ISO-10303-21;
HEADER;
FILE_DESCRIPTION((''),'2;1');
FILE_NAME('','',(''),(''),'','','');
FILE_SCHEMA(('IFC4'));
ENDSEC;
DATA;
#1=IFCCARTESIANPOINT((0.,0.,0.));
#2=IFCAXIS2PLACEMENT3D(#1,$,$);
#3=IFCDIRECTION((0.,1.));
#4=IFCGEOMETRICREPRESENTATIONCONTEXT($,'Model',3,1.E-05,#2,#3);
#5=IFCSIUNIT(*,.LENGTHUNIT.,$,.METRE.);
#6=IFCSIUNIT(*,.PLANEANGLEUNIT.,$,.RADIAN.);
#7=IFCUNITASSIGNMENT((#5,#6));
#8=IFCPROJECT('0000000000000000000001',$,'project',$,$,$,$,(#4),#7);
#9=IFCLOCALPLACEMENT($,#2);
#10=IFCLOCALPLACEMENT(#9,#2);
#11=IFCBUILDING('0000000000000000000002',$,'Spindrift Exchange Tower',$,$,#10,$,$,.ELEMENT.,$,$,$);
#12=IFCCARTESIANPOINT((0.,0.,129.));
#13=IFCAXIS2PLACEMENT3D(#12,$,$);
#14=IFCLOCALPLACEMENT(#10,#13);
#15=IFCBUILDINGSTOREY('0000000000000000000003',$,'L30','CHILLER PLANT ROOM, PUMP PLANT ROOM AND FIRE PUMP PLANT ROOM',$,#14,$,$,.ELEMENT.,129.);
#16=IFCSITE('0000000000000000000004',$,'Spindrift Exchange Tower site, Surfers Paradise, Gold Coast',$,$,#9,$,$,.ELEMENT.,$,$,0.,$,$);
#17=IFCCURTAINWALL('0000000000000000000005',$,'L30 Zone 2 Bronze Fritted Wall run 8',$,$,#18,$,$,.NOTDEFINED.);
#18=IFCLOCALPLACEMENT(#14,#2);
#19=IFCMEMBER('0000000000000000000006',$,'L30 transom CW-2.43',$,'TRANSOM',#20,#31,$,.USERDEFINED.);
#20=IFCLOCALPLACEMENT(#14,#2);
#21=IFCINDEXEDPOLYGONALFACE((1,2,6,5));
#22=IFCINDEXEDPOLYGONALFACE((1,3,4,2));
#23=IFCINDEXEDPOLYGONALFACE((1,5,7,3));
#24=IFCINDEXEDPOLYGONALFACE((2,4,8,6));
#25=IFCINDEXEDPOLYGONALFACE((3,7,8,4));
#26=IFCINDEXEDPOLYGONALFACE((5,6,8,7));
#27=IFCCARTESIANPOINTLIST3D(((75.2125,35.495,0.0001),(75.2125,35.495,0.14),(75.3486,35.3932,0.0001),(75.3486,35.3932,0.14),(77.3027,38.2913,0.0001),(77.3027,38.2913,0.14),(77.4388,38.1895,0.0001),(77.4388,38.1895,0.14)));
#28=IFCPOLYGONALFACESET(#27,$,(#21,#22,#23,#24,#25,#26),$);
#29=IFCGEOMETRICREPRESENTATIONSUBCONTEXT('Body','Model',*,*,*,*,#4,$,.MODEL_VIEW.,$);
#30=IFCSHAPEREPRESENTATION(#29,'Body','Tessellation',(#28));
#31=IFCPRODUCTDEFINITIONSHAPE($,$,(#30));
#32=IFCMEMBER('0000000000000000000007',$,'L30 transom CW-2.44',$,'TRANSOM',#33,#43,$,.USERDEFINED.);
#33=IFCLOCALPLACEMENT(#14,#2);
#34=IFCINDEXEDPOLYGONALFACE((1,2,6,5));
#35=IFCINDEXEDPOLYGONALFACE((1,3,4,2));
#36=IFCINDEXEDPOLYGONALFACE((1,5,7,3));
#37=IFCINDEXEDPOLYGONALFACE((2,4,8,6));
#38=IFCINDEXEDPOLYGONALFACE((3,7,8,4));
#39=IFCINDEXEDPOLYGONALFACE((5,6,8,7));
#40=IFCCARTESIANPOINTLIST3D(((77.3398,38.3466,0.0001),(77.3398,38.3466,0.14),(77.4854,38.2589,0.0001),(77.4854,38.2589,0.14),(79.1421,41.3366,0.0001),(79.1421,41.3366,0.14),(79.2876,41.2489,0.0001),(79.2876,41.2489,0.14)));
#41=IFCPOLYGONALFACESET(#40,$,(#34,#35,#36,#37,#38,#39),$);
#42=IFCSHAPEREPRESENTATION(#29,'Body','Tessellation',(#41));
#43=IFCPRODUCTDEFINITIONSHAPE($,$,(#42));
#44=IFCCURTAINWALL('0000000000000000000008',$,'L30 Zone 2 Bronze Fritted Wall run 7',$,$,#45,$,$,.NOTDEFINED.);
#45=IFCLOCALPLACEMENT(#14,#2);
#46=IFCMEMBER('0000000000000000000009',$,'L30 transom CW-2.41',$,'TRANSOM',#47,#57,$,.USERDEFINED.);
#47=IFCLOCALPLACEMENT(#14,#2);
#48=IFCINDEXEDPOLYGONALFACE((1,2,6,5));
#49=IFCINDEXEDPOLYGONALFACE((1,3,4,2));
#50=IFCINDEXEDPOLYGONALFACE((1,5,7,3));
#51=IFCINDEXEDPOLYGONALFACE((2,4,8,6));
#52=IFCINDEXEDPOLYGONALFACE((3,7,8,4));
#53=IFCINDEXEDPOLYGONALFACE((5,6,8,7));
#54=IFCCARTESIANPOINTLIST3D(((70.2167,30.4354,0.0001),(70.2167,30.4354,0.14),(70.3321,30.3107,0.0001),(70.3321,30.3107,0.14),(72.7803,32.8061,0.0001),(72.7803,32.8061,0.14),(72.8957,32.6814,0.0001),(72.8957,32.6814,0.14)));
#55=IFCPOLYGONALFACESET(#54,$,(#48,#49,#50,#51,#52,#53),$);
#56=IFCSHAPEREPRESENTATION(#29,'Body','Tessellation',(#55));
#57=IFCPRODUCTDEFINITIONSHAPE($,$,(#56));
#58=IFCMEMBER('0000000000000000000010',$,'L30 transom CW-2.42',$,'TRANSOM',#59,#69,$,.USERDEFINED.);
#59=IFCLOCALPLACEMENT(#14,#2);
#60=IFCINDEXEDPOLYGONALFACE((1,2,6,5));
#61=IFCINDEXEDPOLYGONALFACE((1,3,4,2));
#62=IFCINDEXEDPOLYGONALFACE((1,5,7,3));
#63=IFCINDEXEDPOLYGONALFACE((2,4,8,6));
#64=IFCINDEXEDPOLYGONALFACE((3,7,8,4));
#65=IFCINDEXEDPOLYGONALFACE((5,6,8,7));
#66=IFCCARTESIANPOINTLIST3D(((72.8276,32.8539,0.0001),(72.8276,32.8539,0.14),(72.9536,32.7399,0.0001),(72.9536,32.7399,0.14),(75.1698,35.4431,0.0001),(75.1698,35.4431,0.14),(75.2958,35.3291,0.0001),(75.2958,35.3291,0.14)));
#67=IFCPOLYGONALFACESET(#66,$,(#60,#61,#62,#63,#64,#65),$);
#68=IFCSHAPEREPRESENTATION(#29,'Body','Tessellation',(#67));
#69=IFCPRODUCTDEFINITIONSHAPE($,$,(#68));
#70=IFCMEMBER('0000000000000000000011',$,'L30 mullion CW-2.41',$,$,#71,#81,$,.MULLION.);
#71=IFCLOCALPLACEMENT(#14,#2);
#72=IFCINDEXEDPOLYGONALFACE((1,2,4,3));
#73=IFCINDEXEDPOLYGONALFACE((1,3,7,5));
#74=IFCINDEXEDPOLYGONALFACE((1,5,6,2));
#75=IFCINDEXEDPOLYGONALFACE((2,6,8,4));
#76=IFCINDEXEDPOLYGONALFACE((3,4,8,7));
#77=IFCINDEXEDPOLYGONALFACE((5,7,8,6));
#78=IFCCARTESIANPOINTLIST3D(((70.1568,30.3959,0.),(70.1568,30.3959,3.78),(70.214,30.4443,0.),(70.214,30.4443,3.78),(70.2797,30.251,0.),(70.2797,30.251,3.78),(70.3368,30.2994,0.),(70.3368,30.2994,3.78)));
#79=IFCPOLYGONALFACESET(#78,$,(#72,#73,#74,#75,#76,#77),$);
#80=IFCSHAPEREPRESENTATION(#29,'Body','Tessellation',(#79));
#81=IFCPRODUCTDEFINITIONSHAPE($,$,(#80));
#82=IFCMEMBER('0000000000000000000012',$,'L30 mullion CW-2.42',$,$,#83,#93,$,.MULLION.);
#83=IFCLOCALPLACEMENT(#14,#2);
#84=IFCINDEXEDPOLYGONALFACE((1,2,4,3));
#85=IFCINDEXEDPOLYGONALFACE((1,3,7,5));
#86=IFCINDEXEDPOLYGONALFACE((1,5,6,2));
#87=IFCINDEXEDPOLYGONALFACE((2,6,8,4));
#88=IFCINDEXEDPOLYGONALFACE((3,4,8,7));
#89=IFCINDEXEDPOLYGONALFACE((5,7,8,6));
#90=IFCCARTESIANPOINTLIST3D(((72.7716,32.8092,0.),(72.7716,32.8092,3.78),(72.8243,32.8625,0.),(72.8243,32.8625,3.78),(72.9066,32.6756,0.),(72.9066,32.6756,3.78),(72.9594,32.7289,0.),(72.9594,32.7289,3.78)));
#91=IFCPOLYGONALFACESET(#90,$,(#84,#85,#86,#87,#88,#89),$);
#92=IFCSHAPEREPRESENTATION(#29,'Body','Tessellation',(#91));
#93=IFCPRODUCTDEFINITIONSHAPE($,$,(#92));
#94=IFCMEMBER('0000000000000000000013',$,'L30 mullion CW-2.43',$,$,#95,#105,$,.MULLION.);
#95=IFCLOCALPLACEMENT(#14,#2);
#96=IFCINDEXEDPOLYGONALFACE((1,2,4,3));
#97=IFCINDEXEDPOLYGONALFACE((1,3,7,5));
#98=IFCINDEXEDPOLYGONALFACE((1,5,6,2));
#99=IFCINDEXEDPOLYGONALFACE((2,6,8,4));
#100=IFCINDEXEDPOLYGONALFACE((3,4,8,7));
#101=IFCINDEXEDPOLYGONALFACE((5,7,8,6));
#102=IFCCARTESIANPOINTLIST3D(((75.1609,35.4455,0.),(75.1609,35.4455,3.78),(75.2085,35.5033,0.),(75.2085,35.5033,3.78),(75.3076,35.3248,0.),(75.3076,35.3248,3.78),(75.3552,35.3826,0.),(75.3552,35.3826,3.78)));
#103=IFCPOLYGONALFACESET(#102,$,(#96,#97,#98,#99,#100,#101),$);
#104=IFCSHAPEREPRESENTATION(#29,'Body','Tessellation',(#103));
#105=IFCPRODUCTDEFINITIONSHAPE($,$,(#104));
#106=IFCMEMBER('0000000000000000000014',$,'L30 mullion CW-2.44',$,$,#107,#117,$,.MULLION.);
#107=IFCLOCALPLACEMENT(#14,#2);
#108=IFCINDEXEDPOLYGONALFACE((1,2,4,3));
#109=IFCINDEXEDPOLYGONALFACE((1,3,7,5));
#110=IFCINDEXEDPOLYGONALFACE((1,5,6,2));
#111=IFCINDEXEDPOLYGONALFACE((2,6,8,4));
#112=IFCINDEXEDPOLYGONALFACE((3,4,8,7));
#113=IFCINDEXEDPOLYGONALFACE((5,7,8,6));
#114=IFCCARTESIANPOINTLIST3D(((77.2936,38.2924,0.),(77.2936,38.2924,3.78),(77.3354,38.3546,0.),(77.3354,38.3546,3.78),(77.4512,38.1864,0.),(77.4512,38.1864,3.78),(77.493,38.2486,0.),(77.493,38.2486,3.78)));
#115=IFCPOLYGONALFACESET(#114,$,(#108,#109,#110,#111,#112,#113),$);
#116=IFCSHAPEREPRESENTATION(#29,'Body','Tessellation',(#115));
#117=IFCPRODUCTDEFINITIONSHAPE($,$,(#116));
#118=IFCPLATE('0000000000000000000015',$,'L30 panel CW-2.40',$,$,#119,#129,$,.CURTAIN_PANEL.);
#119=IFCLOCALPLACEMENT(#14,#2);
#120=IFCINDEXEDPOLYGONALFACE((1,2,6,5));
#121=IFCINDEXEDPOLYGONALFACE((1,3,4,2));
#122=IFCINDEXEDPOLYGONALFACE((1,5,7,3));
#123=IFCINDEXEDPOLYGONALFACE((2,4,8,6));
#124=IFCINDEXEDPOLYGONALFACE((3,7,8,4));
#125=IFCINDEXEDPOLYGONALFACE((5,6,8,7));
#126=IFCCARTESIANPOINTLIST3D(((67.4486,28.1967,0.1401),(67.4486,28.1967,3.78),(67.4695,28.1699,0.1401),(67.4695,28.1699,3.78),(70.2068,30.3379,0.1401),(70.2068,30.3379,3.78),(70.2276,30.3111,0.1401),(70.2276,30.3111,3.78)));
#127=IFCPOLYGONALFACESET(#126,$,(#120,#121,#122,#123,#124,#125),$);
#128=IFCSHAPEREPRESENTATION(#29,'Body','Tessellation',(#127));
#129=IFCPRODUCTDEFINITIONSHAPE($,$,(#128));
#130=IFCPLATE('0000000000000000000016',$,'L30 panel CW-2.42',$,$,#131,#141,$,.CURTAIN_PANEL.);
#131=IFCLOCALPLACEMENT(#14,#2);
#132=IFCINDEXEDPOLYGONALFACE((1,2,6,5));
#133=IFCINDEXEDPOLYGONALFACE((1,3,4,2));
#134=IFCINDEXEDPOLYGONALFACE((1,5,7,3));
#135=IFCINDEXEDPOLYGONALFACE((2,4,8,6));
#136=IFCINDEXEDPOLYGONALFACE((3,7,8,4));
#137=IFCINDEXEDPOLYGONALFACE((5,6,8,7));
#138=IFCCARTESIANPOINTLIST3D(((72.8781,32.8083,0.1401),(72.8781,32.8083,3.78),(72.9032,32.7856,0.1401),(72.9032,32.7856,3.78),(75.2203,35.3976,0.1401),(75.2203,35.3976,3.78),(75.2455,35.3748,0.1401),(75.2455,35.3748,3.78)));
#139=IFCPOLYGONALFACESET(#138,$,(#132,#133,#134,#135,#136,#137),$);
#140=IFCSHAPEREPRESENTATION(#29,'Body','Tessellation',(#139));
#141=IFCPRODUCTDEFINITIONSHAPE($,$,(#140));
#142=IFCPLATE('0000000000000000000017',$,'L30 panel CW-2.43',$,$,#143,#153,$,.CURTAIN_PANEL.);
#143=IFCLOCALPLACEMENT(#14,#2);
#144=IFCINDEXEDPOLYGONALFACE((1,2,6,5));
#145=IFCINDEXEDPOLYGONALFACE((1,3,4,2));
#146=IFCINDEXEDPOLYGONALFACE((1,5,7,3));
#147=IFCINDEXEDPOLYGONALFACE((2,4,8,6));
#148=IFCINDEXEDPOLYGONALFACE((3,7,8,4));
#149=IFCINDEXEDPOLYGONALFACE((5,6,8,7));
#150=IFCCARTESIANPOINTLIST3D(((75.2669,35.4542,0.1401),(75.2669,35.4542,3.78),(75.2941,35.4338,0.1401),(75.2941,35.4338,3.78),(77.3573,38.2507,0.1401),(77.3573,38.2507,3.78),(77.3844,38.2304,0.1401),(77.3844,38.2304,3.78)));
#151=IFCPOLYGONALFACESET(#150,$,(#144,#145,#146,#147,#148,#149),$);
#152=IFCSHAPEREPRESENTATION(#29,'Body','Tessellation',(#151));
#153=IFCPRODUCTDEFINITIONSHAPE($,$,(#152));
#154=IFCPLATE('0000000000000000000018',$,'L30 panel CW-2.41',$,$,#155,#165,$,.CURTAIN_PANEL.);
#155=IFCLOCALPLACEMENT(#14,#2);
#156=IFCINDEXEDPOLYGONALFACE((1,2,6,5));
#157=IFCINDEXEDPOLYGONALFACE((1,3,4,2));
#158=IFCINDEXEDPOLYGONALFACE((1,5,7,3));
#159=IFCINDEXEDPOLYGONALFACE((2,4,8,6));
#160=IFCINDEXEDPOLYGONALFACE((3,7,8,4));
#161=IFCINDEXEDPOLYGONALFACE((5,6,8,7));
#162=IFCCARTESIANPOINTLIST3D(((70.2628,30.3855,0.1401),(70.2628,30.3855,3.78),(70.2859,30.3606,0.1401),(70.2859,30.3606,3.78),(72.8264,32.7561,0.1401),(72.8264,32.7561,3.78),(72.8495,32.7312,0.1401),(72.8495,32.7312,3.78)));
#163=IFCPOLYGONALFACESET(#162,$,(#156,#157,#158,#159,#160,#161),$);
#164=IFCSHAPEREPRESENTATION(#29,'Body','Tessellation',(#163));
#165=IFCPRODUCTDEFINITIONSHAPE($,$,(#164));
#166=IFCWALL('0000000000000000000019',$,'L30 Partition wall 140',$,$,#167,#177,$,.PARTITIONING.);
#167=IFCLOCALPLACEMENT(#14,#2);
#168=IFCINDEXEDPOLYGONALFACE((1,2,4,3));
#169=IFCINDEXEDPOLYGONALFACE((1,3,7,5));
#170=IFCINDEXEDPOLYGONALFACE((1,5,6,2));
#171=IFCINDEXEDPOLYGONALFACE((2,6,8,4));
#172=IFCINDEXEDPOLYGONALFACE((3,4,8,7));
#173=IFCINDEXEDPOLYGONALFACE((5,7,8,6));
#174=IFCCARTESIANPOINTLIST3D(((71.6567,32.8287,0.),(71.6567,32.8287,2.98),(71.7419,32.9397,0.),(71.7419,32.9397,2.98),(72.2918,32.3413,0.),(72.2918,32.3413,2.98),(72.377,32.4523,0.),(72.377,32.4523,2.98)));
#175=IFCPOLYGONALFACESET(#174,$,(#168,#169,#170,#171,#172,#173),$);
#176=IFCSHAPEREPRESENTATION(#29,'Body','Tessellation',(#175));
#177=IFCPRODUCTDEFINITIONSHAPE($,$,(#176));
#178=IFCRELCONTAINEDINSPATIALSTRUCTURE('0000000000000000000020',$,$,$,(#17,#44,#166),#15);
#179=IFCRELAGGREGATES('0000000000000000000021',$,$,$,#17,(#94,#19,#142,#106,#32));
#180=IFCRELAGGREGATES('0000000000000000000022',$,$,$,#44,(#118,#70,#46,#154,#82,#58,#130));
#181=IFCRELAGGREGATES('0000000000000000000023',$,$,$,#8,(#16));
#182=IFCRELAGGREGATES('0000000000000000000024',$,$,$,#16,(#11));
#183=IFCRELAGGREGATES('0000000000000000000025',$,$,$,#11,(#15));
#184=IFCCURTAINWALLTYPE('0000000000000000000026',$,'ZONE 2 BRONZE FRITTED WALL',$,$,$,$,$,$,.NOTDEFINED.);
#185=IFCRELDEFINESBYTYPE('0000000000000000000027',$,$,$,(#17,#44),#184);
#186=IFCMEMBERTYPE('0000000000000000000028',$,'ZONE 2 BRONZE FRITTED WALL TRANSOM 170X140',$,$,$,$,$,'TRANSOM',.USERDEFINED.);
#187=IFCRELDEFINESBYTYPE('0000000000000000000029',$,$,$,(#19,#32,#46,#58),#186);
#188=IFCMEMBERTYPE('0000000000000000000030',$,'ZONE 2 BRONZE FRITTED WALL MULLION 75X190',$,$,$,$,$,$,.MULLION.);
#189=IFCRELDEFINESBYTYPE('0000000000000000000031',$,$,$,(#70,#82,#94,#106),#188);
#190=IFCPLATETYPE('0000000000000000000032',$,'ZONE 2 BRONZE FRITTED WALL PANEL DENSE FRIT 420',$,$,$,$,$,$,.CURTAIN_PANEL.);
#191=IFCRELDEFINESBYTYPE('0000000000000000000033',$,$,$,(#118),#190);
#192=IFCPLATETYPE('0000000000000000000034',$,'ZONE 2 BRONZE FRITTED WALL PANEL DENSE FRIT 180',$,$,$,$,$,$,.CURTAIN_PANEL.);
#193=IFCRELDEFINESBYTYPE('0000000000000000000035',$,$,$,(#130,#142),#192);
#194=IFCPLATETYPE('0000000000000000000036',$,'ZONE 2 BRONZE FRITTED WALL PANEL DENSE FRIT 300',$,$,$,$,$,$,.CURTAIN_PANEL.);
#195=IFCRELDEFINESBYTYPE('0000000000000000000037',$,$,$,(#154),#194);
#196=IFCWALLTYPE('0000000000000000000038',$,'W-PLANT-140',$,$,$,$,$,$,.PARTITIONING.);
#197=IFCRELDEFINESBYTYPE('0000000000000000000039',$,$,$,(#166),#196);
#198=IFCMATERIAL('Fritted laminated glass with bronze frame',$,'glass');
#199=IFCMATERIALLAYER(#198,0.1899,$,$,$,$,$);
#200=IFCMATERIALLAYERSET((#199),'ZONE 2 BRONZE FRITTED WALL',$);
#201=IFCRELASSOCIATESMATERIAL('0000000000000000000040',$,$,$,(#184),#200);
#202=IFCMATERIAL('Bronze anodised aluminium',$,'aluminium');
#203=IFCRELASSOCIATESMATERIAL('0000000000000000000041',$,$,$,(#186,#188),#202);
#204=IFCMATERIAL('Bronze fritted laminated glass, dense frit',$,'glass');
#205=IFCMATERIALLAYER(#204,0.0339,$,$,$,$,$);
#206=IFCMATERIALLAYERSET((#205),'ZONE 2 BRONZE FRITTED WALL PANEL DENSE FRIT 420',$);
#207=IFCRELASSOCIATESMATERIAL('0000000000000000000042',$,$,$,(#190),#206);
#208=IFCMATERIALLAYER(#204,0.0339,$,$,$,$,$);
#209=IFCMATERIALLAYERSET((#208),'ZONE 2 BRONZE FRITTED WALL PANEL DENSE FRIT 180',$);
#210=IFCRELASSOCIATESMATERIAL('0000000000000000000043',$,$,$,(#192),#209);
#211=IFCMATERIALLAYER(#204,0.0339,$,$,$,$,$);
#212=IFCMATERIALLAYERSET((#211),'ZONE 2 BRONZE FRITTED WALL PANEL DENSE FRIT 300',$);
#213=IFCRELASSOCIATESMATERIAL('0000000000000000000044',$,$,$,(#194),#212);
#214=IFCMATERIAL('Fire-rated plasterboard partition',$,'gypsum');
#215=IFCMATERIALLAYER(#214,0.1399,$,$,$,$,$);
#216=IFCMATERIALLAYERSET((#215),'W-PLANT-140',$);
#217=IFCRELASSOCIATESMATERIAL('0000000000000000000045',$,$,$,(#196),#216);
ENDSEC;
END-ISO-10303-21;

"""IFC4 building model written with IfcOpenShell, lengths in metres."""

from ifc_helpers import new_model, si_unit, direction, frame, frame_2d, origin, origin_2d, place, context, subcontext, project, spatial, rectangle, extrude, source, transform, mapped, material, layer, layer_set, material_profile, profile_set, type_object, element, aggregate, save


model = new_model("IFC4")

# Units and contexts
model_context = context("Model", 3, precision=1e-05, world=origin(), true_north=direction((0.0, 1.0)))
body_context = subcontext(model_context, "Body", "Model", "MODEL_VIEW")
ifc_project = project(units=[si_unit("LENGTHUNIT", "METRE"), si_unit("PLANEANGLEUNIT", "RADIAN")], contexts=[model_context])

# Site, building, storey
site_placement = place(None, origin())
site = spatial("IfcSite", under=ifc_project, at=site_placement, Name="Spindrift Exchange Tower site, Surfers Paradise, Gold Coast", CompositionType="ELEMENT", RefElevation=0.0)
building_placement = place(site_placement, origin())
building = spatial("IfcBuilding", under=site, at=building_placement, Name="Spindrift Exchange Tower", CompositionType="ELEMENT")
storey_placement = place(building_placement, frame((0.0, 0.0, 129.0)))
storey = spatial("IfcBuildingStorey", under=building, at=storey_placement, Name="L30", Description="CHILLER PLANT ROOM, PUMP PLANT ROOM AND FIRE PUMP PLANT ROOM", CompositionType="ELEMENT", Elevation=129.0)

# Curtain walls, members
ifc_material_1 = material(Name="Fritted laminated glass with bronze frame", Category="glass")
ifc_layer_1 = layer(ifc_material_1, 0.1899)
ifc_layer_set_1 = layer_set([ifc_layer_1], Name="ZONE 2 BRONZE FRITTED WALL")
curtain_wall_type = type_object("IfcCurtainWallType", Name="ZONE 2 BRONZE FRITTED WALL", PredefinedType="NOTDEFINED", material=ifc_layer_set_1)
curtain_wall_1_placement = place(storey_placement, origin())
curtain_wall_1 = element("IfcCurtainWall", 1, at=curtain_wall_1_placement, inside=storey, type_object=curtain_wall_type, Name="L30 Zone 2 Bronze Fritted Wall run 8", PredefinedType="NOTDEFINED")
ifc_material_2 = material(Name="Bronze anodised aluminium", Category="aluminium")
ifc_material_profile_1 = material_profile(ifc_material_2, rectangle(XDim=0.1699, YDim=0.1399, at=origin_2d()), Name="ZONE 2 BRONZE FRITTED WALL TRANSOM 170X140")
ifc_profile_set_1 = profile_set([ifc_material_profile_1], Name="Bronze anodised aluminium")
member_type_1 = type_object("IfcMemberType", Name="ZONE 2 BRONZE FRITTED WALL TRANSOM 170X140", ElementType="TRANSOM", PredefinedType="USERDEFINED", material=ifc_profile_set_1)
shared_shape_1 = source(origin(), body_context, "Body", "SweptSolid", [
    extrude(rectangle(XDim=0.1699, YDim=0.1399, at=origin_2d()), origin(), (0.0, 0.0, 1.0), 3.4912),
])
member_1_placement = place(storey_placement, frame((75.2805, 35.4441, 0.0701), z_axis=(0.598724, 0.800956, 0.0), x_axis=(-0.800956, 0.598724, 0.0)))
member_1 = element("IfcMember", 2, at=member_1_placement, type_object=member_type_1, Name="L30 transom CW-2.43", ObjectType="TRANSOM", PredefinedType="USERDEFINED", context=body_context, shape_type="MappedRepresentation", body=[
    mapped(shared_shape_1, transform((0.0, 0.0, 0.0), scale=1.0)),
])
member_2_placement = place(storey_placement, frame((77.4126, 38.3027, 0.0701), z_axis=(0.516233, 0.856448, 0.0), x_axis=(-0.856448, 0.516233, 0.0)))
member_2 = element("IfcMember", 3, at=member_2_placement, type_object=member_type_1, Name="L30 transom CW-2.44", ObjectType="TRANSOM", PredefinedType="USERDEFINED", context=body_context, shape_type="MappedRepresentation", body=[
    mapped(shared_shape_1, transform((0.0, 0.0, 0.0), scale=1.0)),
])
curtain_wall_2_placement = place(storey_placement, origin())
curtain_wall_2 = element("IfcCurtainWall", 4, at=curtain_wall_2_placement, inside=storey, type_object=curtain_wall_type, Name="L30 Zone 2 Bronze Fritted Wall run 7", PredefinedType="NOTDEFINED")
shared_shape_2 = source(origin(), body_context, "Body", "SweptSolid", [
    extrude(rectangle(XDim=0.1699, YDim=0.1399, at=origin_2d()), origin(), (0.0, 0.0, 1.0), 3.4917),
])
member_3_placement = place(storey_placement, frame((70.2744, 30.373, 0.0701), z_axis=(0.734187, 0.678948, 0.0), x_axis=(-0.678948, 0.734187, 0.0)))
member_3 = element("IfcMember", 5, at=member_3_placement, type_object=member_type_1, Name="L30 transom CW-2.41", ObjectType="TRANSOM", PredefinedType="USERDEFINED", context=body_context, shape_type="MappedRepresentation", body=[
    mapped(shared_shape_2, transform((0.0, 0.0, 0.0), scale=1.0)),
])
shared_shape_3 = source(origin(), body_context, "Body", "SweptSolid", [
    extrude(rectangle(XDim=0.1699, YDim=0.1399, at=origin_2d()), origin(), (0.0, 0.0, 1.0), 3.4915),
])
member_4_placement = place(storey_placement, frame((72.8906, 32.7969, 0.0701), z_axis=(0.67084, 0.741602, 0.0), x_axis=(-0.741602, 0.67084, 0.0)))
member_4 = element("IfcMember", 6, at=member_4_placement, type_object=member_type_1, Name="L30 transom CW-2.42", ObjectType="TRANSOM", PredefinedType="USERDEFINED", context=body_context, shape_type="MappedRepresentation", body=[
    mapped(shared_shape_3, transform((0.0, 0.0, 0.0), scale=1.0)),
])
ifc_material_profile_2 = material_profile(ifc_material_2, rectangle(XDim=0.075, YDim=0.1899, at=origin_2d()), Name="ZONE 2 BRONZE FRITTED WALL MULLION 75X190")
ifc_profile_set_2 = profile_set([ifc_material_profile_2], Name="Bronze anodised aluminium")
member_type_2 = type_object("IfcMemberType", Name="ZONE 2 BRONZE FRITTED WALL MULLION 75X190", PredefinedType="MULLION", material=ifc_profile_set_2)
shared_shape_4 = source(origin(), body_context, "Body", "SweptSolid", [
    extrude(rectangle(XDim=0.075, YDim=0.1899, at=origin_2d()), origin(), (0.0, 0.0, 1.0), 3.78),
])
member_5_placement = place(storey_placement, frame((70.2468, 30.3477, 0.0), z_axis=(0.0, 0.0, 1.0), x_axis=(0.762769, 0.646671, 0.0)))
member_5 = element("IfcMember", 7, at=member_5_placement, type_object=member_type_2, Name="L30 mullion CW-2.41", PredefinedType="MULLION", context=body_context, shape_type="MappedRepresentation", body=[
    mapped(shared_shape_4, transform((0.0, 0.0, 0.0), scale=1.0)),
])
member_6_placement = place(storey_placement, frame((72.8655, 32.769, 0.0), z_axis=(0.0, 0.0, 1.0), x_axis=(0.703223, 0.71097, 0.0)))
member_6 = element("IfcMember", 8, at=member_6_placement, type_object=member_type_2, Name="L30 mullion CW-2.42", PredefinedType="MULLION", context=body_context, shape_type="MappedRepresentation", body=[
    mapped(shared_shape_4, transform((0.0, 0.0, 0.0), scale=1.0)),
])

# Members
member_7_placement = place(storey_placement, frame((75.2581, 35.4141, 0.0), z_axis=(0.0, 0.0, 1.0), x_axis=(0.635469, 0.772127, 0.0)))
member_7 = element("IfcMember", 9, at=member_7_placement, type_object=member_type_2, Name="L30 mullion CW-2.43", PredefinedType="MULLION", context=body_context, shape_type="MappedRepresentation", body=[
    mapped(shared_shape_4, transform((0.0, 0.0, 0.0), scale=1.0)),
])
member_8_placement = place(storey_placement, frame((77.3933, 38.2705, 0.0), z_axis=(0.0, 0.0, 1.0), x_axis=(0.55815, 0.82974, 0.0)))
member_8 = element("IfcMember", 10, at=member_8_placement, type_object=member_type_2, Name="L30 mullion CW-2.44", PredefinedType="MULLION", context=body_context, shape_type="MappedRepresentation", body=[
    mapped(shared_shape_4, transform((0.0, 0.0, 0.0), scale=1.0)),
])

# Plates
ifc_material_3 = material(Name="Bronze fritted laminated glass, dense frit", Category="glass")
ifc_layer_2 = layer(ifc_material_3, 0.0339)
ifc_layer_set_2 = layer_set([ifc_layer_2], Name="ZONE 2 BRONZE FRITTED WALL PANEL DENSE FRIT 420")
plate_type_1 = type_object("IfcPlateType", Name="ZONE 2 BRONZE FRITTED WALL PANEL DENSE FRIT 420", PredefinedType="CURTAIN_PANEL", material=ifc_layer_set_2)
shared_shape_5 = source(origin(), body_context, "Body", "SweptSolid", [
    extrude(rectangle(XDim=3.4917, YDim=0.0339, at=origin_2d()), origin(), (0.0, 0.0, 1.0), 3.6399),
])
plate_1_placement = place(storey_placement, frame((68.8381, 29.2539, 0.1401), z_axis=(0.0, 0.0, 1.0), x_axis=(0.789924, 0.613205, 0.0)))
plate_1 = element("IfcPlate", 11, at=plate_1_placement, type_object=plate_type_1, Name="L30 panel CW-2.40", PredefinedType="CURTAIN_PANEL", context=body_context, shape_type="MappedRepresentation", body=[
    mapped(shared_shape_5, transform((0.0, 0.0, 0.0), scale=1.0)),
])
ifc_layer_3 = layer(ifc_material_3, 0.0339)
ifc_layer_set_3 = layer_set([ifc_layer_3], Name="ZONE 2 BRONZE FRITTED WALL PANEL DENSE FRIT 180")
plate_type_2 = type_object("IfcPlateType", Name="ZONE 2 BRONZE FRITTED WALL PANEL DENSE FRIT 180", PredefinedType="CURTAIN_PANEL", material=ifc_layer_set_3)
shared_shape_6 = source(origin(), body_context, "Body", "SweptSolid", [
    extrude(rectangle(XDim=3.4915, YDim=0.0339, at=origin_2d()), origin(), (0.0, 0.0, 1.0), 3.6399),
])
plate_2_placement = place(storey_placement, frame((74.0618, 34.0916, 0.1401), z_axis=(0.0, 0.0, 1.0), x_axis=(0.670851, 0.741592, 0.0)))
plate_2 = element("IfcPlate", 12, at=plate_2_placement, type_object=plate_type_2, Name="L30 panel CW-2.42", PredefinedType="CURTAIN_PANEL", context=body_context, shape_type="MappedRepresentation", body=[
    mapped(shared_shape_6, transform((0.0, 0.0, 0.0), scale=1.0)),
])
plate_3_placement = place(storey_placement, frame((76.3257, 36.8423, 0.1401), z_axis=(0.0, 0.0, 1.0), x_axis=(0.598698, 0.800975, 0.0)))
plate_3 = element("IfcPlate", 13, at=plate_3_placement, type_object=plate_type_2, Name="L30 panel CW-2.43", PredefinedType="CURTAIN_PANEL", context=body_context, shape_type="MappedRepresentation", body=[
    mapped(shared_shape_6, transform((0.0, 0.0, 0.0), scale=1.0)),
])
aggregate(curtain_wall_1, [member_7, member_1, plate_3, member_8, member_2])
ifc_layer_4 = layer(ifc_material_3, 0.0339)
ifc_layer_set_4 = layer_set([ifc_layer_4], Name="ZONE 2 BRONZE FRITTED WALL PANEL DENSE FRIT 300")
plate_type_3 = type_object("IfcPlateType", Name="ZONE 2 BRONZE FRITTED WALL PANEL DENSE FRIT 300", PredefinedType="CURTAIN_PANEL", material=ifc_layer_set_4)
shared_shape_7 = source(origin(), body_context, "Body", "SweptSolid", [
    extrude(rectangle(XDim=3.4917, YDim=0.0339, at=origin_2d()), origin(), (0.0, 0.0, 1.0), 3.6399),
])
plate_4_placement = place(storey_placement, frame((71.5562, 31.5583, 0.1401), z_axis=(0.0, 0.0, 1.0), x_axis=(0.734198, 0.678935, 0.0)))
plate_4 = element("IfcPlate", 14, at=plate_4_placement, type_object=plate_type_3, Name="L30 panel CW-2.41", PredefinedType="CURTAIN_PANEL", context=body_context, shape_type="MappedRepresentation", body=[
    mapped(shared_shape_7, transform((0.0, 0.0, 0.0), scale=1.0)),
])
aggregate(curtain_wall_2, [plate_1, member_5, member_3, plate_4, member_6, member_4, plate_2])

# Wall
ifc_material_4 = material(Name="Fire-rated plasterboard partition", Category="gypsum")
ifc_layer_5 = layer(ifc_material_4, 0.1399)
ifc_layer_set_5 = layer_set([ifc_layer_5], Name="W-PLANT-140")
wall_type_1 = type_object("IfcWallType", Name="W-PLANT-140", PredefinedType="PARTITIONING", material=ifc_layer_set_5)
wall_1_placement = place(storey_placement, frame((71.6992, 32.8843, 0.0), z_axis=(0.0, 0.0, 1.0), x_axis=(0.793326, -0.608796, 0.0)))
element("IfcWall", 15, at=wall_1_placement, inside=storey, type_object=wall_type_1, Name="L30 Partition wall 140", PredefinedType="PARTITIONING", context=body_context, shape_type="SweptSolid", body=[
    extrude(rectangle(XDim=0.8005, YDim=0.1399, at=frame_2d((0.4004, 0.0))), origin(), (0.0, 0.0, 1.0), 2.98),
])

save(model, "model.ifc")
